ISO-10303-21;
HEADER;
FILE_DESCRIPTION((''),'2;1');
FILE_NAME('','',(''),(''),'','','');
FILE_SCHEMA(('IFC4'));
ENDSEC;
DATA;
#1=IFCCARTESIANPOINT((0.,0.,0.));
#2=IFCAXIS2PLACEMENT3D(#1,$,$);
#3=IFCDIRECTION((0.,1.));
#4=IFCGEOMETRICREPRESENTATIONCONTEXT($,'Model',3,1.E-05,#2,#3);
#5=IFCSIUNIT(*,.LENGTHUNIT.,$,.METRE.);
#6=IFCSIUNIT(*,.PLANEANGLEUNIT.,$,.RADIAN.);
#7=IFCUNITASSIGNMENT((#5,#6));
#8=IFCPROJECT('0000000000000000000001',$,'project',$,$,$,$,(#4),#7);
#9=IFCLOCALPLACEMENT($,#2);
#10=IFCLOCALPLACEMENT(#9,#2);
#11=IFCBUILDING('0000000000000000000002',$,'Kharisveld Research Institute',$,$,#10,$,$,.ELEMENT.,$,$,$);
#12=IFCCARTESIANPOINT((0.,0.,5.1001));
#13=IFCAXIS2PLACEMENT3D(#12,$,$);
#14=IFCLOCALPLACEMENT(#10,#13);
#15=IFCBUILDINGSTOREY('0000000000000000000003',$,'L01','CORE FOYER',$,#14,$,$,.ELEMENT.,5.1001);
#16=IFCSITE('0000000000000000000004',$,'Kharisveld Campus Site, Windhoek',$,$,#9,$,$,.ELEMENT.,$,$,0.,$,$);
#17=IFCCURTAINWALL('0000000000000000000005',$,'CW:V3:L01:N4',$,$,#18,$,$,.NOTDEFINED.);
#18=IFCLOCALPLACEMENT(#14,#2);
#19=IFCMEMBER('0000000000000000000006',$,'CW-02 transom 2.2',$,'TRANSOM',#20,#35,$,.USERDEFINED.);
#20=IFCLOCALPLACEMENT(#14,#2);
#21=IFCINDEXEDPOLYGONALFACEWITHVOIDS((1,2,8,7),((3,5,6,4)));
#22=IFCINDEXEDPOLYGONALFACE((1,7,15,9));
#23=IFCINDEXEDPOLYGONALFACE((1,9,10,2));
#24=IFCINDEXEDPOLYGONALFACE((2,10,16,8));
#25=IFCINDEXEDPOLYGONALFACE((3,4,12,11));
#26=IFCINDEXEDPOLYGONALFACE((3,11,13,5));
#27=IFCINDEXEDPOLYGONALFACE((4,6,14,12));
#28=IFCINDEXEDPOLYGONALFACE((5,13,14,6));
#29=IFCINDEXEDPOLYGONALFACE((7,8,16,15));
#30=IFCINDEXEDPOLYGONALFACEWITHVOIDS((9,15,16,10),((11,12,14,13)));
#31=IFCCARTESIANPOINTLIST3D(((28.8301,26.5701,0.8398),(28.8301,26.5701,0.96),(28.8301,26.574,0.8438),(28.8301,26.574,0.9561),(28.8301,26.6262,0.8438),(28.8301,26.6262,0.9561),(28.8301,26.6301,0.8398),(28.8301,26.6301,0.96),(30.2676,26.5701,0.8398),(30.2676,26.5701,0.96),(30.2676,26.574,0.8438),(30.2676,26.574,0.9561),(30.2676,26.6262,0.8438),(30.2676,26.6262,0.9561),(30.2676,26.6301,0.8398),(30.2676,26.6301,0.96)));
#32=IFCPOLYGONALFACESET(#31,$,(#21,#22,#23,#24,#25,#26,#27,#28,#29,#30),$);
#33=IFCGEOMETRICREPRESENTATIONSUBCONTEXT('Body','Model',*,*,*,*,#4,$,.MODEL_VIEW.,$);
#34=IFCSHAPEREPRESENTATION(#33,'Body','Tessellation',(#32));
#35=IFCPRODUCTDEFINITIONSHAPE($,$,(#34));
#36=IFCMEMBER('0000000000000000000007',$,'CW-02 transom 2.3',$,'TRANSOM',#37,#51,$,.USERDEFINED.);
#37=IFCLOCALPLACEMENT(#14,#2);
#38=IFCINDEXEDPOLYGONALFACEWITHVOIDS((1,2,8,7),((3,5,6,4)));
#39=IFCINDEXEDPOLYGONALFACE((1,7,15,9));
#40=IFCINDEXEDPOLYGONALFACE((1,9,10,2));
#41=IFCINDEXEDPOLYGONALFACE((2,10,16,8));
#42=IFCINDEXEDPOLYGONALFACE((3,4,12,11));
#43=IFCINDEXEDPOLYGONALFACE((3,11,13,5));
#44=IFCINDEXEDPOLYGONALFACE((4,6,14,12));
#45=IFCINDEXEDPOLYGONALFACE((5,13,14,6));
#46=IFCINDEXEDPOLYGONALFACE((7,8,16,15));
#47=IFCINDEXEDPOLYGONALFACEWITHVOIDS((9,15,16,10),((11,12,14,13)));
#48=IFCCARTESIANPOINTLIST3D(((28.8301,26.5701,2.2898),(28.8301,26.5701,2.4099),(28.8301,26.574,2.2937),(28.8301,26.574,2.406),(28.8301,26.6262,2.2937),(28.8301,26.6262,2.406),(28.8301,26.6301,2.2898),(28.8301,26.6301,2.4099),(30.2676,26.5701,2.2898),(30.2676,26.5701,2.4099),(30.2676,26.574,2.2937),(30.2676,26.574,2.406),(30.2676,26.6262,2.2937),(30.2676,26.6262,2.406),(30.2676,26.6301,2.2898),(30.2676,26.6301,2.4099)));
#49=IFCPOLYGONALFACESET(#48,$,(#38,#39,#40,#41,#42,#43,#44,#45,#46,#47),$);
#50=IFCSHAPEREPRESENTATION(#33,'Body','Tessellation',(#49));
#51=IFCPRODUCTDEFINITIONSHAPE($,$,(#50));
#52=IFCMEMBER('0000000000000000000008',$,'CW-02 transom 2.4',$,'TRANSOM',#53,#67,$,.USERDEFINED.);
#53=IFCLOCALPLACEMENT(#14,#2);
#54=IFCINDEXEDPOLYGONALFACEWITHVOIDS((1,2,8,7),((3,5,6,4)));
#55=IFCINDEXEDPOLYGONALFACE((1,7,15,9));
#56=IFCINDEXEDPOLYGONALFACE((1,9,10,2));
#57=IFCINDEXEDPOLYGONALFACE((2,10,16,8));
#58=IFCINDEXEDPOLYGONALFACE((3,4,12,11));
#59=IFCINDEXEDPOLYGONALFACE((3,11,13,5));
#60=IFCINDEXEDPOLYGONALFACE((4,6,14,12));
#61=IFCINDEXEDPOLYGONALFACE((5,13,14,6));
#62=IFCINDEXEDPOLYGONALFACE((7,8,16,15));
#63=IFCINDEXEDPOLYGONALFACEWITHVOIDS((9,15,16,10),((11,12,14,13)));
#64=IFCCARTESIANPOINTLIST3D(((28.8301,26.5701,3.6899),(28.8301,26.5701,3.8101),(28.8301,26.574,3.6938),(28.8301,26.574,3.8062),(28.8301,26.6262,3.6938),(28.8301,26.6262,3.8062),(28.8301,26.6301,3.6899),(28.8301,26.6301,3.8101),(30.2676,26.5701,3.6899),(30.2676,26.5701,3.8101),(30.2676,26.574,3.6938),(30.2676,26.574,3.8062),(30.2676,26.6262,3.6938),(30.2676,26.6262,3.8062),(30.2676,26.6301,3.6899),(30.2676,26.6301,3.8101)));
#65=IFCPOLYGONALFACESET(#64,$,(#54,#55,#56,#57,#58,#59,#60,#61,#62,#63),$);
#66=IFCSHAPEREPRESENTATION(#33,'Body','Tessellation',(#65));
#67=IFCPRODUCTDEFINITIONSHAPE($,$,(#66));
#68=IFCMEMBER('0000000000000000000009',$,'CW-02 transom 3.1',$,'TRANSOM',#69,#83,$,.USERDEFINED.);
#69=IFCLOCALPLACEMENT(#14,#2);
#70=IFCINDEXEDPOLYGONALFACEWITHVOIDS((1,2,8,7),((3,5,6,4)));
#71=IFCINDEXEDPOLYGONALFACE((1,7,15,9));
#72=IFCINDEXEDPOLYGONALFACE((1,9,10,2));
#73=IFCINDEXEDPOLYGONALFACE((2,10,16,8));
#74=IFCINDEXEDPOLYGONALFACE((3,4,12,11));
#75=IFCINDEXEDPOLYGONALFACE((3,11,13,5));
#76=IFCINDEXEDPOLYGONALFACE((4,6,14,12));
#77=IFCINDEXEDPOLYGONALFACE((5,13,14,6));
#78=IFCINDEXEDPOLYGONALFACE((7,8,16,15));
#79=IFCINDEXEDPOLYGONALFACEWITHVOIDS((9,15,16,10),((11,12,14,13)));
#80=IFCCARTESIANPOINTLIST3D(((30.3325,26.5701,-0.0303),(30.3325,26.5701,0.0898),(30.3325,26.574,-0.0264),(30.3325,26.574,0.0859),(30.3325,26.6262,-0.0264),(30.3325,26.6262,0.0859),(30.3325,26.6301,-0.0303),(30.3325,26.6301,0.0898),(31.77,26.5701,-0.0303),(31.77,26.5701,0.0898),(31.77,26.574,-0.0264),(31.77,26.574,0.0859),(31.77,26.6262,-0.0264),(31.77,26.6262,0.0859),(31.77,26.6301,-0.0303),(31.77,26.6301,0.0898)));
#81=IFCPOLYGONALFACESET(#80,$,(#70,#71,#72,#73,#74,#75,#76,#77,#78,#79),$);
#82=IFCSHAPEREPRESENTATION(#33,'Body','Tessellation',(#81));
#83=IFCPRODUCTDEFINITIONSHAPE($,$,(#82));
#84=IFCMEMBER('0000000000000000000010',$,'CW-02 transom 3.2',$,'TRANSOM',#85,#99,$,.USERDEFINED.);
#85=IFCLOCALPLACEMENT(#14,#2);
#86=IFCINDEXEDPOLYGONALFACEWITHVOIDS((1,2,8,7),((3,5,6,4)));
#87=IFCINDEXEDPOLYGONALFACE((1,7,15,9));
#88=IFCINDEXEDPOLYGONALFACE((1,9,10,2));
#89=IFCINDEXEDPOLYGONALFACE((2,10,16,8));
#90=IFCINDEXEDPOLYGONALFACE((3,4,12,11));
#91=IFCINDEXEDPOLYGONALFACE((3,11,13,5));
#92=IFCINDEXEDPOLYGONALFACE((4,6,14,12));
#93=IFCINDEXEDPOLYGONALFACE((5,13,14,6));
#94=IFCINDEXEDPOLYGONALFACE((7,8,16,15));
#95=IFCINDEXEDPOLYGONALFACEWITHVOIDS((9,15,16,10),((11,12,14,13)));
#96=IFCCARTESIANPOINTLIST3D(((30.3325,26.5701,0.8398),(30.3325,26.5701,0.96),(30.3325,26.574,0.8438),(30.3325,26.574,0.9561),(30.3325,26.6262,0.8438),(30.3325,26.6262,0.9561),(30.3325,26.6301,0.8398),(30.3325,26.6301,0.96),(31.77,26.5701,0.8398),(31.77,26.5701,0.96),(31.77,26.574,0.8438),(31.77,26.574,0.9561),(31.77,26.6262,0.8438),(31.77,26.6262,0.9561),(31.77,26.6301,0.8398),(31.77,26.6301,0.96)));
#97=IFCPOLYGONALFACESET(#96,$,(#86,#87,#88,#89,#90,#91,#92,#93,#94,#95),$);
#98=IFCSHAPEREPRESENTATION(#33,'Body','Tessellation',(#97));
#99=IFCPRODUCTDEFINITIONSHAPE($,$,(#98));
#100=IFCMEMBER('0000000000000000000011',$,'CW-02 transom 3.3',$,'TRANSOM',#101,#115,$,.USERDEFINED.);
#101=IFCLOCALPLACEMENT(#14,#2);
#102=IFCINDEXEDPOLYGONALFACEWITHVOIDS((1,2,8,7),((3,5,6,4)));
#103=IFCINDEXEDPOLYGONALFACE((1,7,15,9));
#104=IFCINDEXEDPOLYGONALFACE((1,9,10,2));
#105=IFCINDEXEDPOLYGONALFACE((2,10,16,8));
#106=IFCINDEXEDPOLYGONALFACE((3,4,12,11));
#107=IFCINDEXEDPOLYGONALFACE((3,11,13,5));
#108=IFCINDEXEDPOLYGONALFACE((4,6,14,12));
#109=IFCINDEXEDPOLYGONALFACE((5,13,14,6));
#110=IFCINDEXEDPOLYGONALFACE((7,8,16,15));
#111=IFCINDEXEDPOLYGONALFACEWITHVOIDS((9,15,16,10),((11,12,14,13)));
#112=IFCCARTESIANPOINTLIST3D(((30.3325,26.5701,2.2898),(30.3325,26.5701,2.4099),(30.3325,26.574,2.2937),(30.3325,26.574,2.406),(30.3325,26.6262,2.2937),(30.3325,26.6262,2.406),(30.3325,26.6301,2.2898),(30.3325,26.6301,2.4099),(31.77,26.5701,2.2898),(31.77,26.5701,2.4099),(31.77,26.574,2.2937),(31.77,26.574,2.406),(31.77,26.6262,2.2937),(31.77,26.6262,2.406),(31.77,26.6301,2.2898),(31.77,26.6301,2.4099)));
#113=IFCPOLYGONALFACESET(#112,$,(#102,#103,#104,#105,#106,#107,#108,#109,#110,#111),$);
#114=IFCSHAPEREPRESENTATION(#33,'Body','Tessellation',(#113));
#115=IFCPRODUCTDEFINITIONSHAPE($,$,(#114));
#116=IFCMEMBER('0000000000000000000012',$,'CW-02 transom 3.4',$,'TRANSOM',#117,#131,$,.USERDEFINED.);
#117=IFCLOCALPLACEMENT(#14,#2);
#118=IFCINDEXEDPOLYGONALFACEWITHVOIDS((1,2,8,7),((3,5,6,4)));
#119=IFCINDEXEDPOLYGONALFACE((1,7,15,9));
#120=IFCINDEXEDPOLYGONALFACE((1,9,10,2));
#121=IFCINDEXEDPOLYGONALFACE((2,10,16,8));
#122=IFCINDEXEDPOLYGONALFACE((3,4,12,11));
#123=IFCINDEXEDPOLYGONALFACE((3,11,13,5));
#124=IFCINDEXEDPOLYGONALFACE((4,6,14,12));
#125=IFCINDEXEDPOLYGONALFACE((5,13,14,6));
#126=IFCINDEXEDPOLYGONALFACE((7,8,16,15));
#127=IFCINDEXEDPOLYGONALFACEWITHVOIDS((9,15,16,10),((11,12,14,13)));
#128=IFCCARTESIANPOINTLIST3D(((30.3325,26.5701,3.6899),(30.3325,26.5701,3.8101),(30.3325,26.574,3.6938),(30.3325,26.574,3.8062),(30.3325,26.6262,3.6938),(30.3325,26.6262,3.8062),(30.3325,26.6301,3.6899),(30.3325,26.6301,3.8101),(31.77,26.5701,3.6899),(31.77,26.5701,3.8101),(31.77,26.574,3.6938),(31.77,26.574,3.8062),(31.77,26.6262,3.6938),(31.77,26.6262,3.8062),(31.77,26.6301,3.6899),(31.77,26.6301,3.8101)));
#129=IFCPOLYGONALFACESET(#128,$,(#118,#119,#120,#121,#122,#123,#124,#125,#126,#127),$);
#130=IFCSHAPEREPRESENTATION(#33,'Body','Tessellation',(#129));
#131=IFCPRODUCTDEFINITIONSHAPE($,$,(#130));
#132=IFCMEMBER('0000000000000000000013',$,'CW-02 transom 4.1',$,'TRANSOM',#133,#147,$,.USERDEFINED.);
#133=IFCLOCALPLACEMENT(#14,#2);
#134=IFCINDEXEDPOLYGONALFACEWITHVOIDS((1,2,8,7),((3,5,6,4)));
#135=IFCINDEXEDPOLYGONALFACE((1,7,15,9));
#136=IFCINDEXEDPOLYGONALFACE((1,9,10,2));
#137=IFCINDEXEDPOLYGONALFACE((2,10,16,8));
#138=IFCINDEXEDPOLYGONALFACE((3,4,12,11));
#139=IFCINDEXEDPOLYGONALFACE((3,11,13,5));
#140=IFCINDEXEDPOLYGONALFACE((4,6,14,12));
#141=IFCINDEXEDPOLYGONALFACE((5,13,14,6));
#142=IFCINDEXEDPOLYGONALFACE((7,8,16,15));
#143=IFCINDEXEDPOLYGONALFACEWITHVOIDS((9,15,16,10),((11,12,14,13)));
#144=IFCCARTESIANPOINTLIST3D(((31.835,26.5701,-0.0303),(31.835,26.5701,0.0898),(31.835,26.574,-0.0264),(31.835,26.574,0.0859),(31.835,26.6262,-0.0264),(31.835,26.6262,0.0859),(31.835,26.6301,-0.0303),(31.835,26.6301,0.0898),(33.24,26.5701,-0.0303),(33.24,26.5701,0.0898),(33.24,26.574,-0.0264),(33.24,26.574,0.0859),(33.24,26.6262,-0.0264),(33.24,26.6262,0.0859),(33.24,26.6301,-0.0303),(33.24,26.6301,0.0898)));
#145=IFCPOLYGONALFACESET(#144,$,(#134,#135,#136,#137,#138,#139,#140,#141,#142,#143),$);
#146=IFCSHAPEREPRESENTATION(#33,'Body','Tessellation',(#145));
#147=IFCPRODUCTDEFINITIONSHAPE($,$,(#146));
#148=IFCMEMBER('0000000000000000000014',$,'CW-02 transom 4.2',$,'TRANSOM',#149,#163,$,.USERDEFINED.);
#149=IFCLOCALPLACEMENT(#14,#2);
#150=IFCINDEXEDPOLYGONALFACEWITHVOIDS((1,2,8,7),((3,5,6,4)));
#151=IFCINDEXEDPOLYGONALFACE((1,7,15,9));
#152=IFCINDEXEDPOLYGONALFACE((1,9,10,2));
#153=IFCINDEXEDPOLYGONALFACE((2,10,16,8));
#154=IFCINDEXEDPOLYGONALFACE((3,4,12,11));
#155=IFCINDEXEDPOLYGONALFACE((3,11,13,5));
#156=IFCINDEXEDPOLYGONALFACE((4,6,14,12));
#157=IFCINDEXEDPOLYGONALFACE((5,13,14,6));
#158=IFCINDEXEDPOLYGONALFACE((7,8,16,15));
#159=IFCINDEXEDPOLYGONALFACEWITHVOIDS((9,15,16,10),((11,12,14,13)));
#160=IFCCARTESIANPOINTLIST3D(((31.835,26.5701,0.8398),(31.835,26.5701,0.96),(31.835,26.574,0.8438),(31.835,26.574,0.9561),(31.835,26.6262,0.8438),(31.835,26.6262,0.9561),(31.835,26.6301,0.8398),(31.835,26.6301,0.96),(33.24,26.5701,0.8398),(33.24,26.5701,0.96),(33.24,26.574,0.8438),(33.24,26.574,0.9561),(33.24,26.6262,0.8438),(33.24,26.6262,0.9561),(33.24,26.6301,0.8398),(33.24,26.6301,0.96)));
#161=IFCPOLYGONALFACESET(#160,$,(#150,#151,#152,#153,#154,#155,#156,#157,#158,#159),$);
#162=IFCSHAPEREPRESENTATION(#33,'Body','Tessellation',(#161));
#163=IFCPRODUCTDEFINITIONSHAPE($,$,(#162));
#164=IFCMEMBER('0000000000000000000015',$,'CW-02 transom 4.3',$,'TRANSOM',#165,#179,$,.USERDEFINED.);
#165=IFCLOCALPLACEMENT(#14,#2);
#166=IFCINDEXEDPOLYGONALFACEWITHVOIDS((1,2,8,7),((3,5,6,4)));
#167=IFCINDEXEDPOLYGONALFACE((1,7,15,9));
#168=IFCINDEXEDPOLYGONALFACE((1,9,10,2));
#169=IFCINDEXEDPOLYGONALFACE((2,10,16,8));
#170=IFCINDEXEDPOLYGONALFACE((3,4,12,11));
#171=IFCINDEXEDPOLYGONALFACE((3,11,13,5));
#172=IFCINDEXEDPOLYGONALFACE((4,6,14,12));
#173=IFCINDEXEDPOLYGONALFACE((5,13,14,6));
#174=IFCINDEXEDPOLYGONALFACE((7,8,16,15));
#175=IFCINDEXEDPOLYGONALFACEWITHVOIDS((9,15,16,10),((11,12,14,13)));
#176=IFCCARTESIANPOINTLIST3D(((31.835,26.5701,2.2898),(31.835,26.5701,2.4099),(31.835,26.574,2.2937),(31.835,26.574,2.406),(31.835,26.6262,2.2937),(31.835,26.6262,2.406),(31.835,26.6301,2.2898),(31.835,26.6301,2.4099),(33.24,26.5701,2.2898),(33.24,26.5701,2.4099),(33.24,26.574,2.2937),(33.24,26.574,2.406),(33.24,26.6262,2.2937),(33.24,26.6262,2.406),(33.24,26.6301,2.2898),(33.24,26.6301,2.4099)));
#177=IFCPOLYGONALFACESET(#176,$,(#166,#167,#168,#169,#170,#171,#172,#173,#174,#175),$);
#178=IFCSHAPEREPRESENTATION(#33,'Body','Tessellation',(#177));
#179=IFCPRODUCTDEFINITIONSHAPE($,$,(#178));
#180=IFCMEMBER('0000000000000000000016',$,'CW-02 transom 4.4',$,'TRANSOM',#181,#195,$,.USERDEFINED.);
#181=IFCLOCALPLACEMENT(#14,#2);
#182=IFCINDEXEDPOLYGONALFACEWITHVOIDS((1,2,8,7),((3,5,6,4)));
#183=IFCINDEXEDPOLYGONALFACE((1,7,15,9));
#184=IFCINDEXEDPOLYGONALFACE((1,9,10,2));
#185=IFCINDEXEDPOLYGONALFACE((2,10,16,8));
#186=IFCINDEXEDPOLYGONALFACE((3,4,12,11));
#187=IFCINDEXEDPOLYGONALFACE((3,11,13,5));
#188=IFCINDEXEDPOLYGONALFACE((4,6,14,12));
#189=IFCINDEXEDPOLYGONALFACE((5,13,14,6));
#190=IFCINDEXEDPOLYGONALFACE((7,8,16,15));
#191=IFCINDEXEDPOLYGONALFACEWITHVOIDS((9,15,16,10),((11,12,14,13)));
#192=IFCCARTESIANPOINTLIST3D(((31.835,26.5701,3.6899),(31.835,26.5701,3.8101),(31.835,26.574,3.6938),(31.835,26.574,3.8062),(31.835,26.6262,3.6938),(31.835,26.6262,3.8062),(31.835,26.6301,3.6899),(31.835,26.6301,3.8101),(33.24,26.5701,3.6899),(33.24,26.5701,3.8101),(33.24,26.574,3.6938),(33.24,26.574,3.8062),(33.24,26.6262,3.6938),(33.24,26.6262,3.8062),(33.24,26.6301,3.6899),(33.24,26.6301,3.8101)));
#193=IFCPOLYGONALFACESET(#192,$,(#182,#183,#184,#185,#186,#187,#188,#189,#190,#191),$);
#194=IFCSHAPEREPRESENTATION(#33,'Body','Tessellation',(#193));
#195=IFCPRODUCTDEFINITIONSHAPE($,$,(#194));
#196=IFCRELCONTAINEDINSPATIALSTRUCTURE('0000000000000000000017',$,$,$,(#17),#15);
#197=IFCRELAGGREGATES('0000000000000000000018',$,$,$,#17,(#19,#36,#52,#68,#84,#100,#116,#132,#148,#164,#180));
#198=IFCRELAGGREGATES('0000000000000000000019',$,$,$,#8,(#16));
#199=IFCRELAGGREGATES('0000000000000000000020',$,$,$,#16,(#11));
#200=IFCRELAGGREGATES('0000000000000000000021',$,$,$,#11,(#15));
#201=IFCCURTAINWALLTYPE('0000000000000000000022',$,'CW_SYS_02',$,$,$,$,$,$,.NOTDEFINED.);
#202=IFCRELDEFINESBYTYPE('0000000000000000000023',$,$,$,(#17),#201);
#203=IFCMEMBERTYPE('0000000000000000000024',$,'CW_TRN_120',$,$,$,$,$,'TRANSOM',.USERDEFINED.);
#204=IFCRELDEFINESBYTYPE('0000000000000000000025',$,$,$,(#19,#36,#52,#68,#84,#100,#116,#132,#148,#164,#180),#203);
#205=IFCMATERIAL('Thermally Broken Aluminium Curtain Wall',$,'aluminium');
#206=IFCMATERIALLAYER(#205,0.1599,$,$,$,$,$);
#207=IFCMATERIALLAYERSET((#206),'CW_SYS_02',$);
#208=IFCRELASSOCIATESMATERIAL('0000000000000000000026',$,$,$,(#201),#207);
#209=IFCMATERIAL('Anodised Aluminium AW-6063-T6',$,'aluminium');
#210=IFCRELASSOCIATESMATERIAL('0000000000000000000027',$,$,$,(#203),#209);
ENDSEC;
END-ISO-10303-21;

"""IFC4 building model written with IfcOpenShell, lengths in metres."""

from ifc_helpers import new_model, si_unit, direction, frame, origin, origin_2d, place, context, subcontext, project, spatial, hollow_rectangle, extrude, material, layer, layer_set, material_profile, profile_set, type_object, element, aggregate, save


model = new_model("IFC4")

# Units and contexts
model_context = context("Model", 3, precision=1e-05, world=origin(), true_north=direction((0.0, 1.0)))
body_context = subcontext(model_context, "Body", "Model", "MODEL_VIEW")
ifc_project = project(units=[si_unit("LENGTHUNIT", "METRE"), si_unit("PLANEANGLEUNIT", "RADIAN")], contexts=[model_context])

# Site, building, storey
site_placement = place(None, origin())
site = spatial("IfcSite", under=ifc_project, at=site_placement, Name="Kharisveld Campus Site, Windhoek", CompositionType="ELEMENT", RefElevation=0.0)
building_placement = place(site_placement, origin())
building = spatial("IfcBuilding", under=site, at=building_placement, Name="Kharisveld Research Institute", CompositionType="ELEMENT")
storey_placement = place(building_placement, frame((0.0, 0.0, 5.1001)))
storey = spatial("IfcBuildingStorey", under=building, at=storey_placement, Name="L01", Description="CORE FOYER", CompositionType="ELEMENT", Elevation=5.1001)

# Curtain wall, members
ifc_material_1 = material(Name="Thermally Broken Aluminium Curtain Wall", Category="aluminium")
ifc_layer_1 = layer(ifc_material_1, 0.1599)
ifc_layer_set_1 = layer_set([ifc_layer_1], Name="CW_SYS_02")
curtain_wall_type = type_object("IfcCurtainWallType", Name="CW_SYS_02", PredefinedType="NOTDEFINED", material=ifc_layer_set_1)
curtain_wall_placement = place(storey_placement, origin())
curtain_wall = element("IfcCurtainWall", 1, at=curtain_wall_placement, inside=storey, type_object=curtain_wall_type, Name="CW:V3:L01:N4", PredefinedType="NOTDEFINED")
ifc_material_2 = material(Name="Anodised Aluminium AW-6063-T6", Category="aluminium")
ifc_material_profile_1 = material_profile(ifc_material_2, hollow_rectangle(XDim=0.0601, YDim=0.1201, WallThickness=0.0039, at=origin_2d()))
ifc_profile_set_1 = profile_set([ifc_material_profile_1], Name="Anodised Aluminium AW-6063-T6")
member_type_1 = type_object("IfcMemberType", Name="CW_TRN_120", ElementType="TRANSOM", PredefinedType="USERDEFINED", material=ifc_profile_set_1)
member_1_placement = place(storey_placement, frame((28.8301, 26.6001, 0.8999), z_axis=(1.0, 0.0, 0.0), x_axis=(0.0, 1.0, 0.0)))
member_1 = element("IfcMember", 2, at=member_1_placement, type_object=member_type_1, Name="CW-02 transom 2.2", ObjectType="TRANSOM", PredefinedType="USERDEFINED", context=body_context, shape_type="SweptSolid", body=[
    extrude(hollow_rectangle(XDim=0.0601, YDim=0.1201, WallThickness=0.0039, at=origin_2d()), origin(), (0.0, 0.0, 1.0), 1.4375),
])
member_2_placement = place(storey_placement, frame((28.8301, 26.6001, 2.3499), z_axis=(1.0, 0.0, 0.0), x_axis=(0.0, 1.0, 0.0)))
member_2 = element("IfcMember", 3, at=member_2_placement, type_object=member_type_1, Name="CW-02 transom 2.3", ObjectType="TRANSOM", PredefinedType="USERDEFINED", context=body_context, shape_type="SweptSolid", body=[
    extrude(hollow_rectangle(XDim=0.0601, YDim=0.1201, WallThickness=0.0039, at=origin_2d()), origin(), (0.0, 0.0, 1.0), 1.4375),
])
member_3_placement = place(storey_placement, frame((28.8301, 26.6001, 3.75), z_axis=(1.0, 0.0, 0.0), x_axis=(0.0, 1.0, 0.0)))
member_3 = element("IfcMember", 4, at=member_3_placement, type_object=member_type_1, Name="CW-02 transom 2.4", ObjectType="TRANSOM", PredefinedType="USERDEFINED", context=body_context, shape_type="SweptSolid", body=[
    extrude(hollow_rectangle(XDim=0.0601, YDim=0.1201, WallThickness=0.0039, at=origin_2d()), origin(), (0.0, 0.0, 1.0), 1.4375),
])
member_4_placement = place(storey_placement, frame((30.3325, 26.6001, 0.0298), z_axis=(1.0, 0.0, 0.0), x_axis=(0.0, 1.0, 0.0)))
member_4 = element("IfcMember", 5, at=member_4_placement, type_object=member_type_1, Name="CW-02 transom 3.1", ObjectType="TRANSOM", PredefinedType="USERDEFINED", context=body_context, shape_type="SweptSolid", body=[
    extrude(hollow_rectangle(XDim=0.0601, YDim=0.1201, WallThickness=0.0039, at=origin_2d()), origin(), (0.0, 0.0, 1.0), 1.4375),
])
member_5_placement = place(storey_placement, frame((30.3325, 26.6001, 0.8999), z_axis=(1.0, 0.0, 0.0), x_axis=(0.0, 1.0, 0.0)))
member_5 = element("IfcMember", 6, at=member_5_placement, type_object=member_type_1, Name="CW-02 transom 3.2", ObjectType="TRANSOM", PredefinedType="USERDEFINED", context=body_context, shape_type="SweptSolid", body=[
    extrude(hollow_rectangle(XDim=0.0601, YDim=0.1201, WallThickness=0.0039, at=origin_2d()), origin(), (0.0, 0.0, 1.0), 1.4375),
])
member_6_placement = place(storey_placement, frame((30.3325, 26.6001, 2.3499), z_axis=(1.0, 0.0, 0.0), x_axis=(0.0, 1.0, 0.0)))
member_6 = element("IfcMember", 7, at=member_6_placement, type_object=member_type_1, Name="CW-02 transom 3.3", ObjectType="TRANSOM", PredefinedType="USERDEFINED", context=body_context, shape_type="SweptSolid", body=[
    extrude(hollow_rectangle(XDim=0.0601, YDim=0.1201, WallThickness=0.0039, at=origin_2d()), origin(), (0.0, 0.0, 1.0), 1.4375),
])
member_7_placement = place(storey_placement, frame((30.3325, 26.6001, 3.75), z_axis=(1.0, 0.0, 0.0), x_axis=(0.0, 1.0, 0.0)))
member_7 = element("IfcMember", 8, at=member_7_placement, type_object=member_type_1, Name="CW-02 transom 3.4", ObjectType="TRANSOM", PredefinedType="USERDEFINED", context=body_context, shape_type="SweptSolid", body=[
    extrude(hollow_rectangle(XDim=0.0601, YDim=0.1201, WallThickness=0.0039, at=origin_2d()), origin(), (0.0, 0.0, 1.0), 1.4375),
])
member_8_placement = place(storey_placement, frame((31.835, 26.6001, 0.0298), z_axis=(1.0, 0.0, 0.0), x_axis=(0.0, 1.0, 0.0)))
member_8 = element("IfcMember", 9, at=member_8_placement, type_object=member_type_1, Name="CW-02 transom 4.1", ObjectType="TRANSOM", PredefinedType="USERDEFINED", context=body_context, shape_type="SweptSolid", body=[
    extrude(hollow_rectangle(XDim=0.0601, YDim=0.1201, WallThickness=0.0039, at=origin_2d()), origin(), (0.0, 0.0, 1.0), 1.405),
])
member_9_placement = place(storey_placement, frame((31.835, 26.6001, 0.8999), z_axis=(1.0, 0.0, 0.0), x_axis=(0.0, 1.0, 0.0)))
member_9 = element("IfcMember", 10, at=member_9_placement, type_object=member_type_1, Name="CW-02 transom 4.2", ObjectType="TRANSOM", PredefinedType="USERDEFINED", context=body_context, shape_type="SweptSolid", body=[
    extrude(hollow_rectangle(XDim=0.0601, YDim=0.1201, WallThickness=0.0039, at=origin_2d()), origin(), (0.0, 0.0, 1.0), 1.405),
])
member_10_placement = place(storey_placement, frame((31.835, 26.6001, 2.3499), z_axis=(1.0, 0.0, 0.0), x_axis=(0.0, 1.0, 0.0)))
member_10 = element("IfcMember", 11, at=member_10_placement, type_object=member_type_1, Name="CW-02 transom 4.3", ObjectType="TRANSOM", PredefinedType="USERDEFINED", context=body_context, shape_type="SweptSolid", body=[
    extrude(hollow_rectangle(XDim=0.0601, YDim=0.1201, WallThickness=0.0039, at=origin_2d()), origin(), (0.0, 0.0, 1.0), 1.405),
])
member_11_placement = place(storey_placement, frame((31.835, 26.6001, 3.75), z_axis=(1.0, 0.0, 0.0), x_axis=(0.0, 1.0, 0.0)))
member_11 = element("IfcMember", 12, at=member_11_placement, type_object=member_type_1, Name="CW-02 transom 4.4", ObjectType="TRANSOM", PredefinedType="USERDEFINED", context=body_context, shape_type="SweptSolid", body=[
    extrude(hollow_rectangle(XDim=0.0601, YDim=0.1201, WallThickness=0.0039, at=origin_2d()), origin(), (0.0, 0.0, 1.0), 1.405),
])
aggregate(curtain_wall, [member_1, member_2, member_3, member_4, member_5, member_6, member_7, member_8, member_9, member_10, member_11])

save(model, "model.ifc")
